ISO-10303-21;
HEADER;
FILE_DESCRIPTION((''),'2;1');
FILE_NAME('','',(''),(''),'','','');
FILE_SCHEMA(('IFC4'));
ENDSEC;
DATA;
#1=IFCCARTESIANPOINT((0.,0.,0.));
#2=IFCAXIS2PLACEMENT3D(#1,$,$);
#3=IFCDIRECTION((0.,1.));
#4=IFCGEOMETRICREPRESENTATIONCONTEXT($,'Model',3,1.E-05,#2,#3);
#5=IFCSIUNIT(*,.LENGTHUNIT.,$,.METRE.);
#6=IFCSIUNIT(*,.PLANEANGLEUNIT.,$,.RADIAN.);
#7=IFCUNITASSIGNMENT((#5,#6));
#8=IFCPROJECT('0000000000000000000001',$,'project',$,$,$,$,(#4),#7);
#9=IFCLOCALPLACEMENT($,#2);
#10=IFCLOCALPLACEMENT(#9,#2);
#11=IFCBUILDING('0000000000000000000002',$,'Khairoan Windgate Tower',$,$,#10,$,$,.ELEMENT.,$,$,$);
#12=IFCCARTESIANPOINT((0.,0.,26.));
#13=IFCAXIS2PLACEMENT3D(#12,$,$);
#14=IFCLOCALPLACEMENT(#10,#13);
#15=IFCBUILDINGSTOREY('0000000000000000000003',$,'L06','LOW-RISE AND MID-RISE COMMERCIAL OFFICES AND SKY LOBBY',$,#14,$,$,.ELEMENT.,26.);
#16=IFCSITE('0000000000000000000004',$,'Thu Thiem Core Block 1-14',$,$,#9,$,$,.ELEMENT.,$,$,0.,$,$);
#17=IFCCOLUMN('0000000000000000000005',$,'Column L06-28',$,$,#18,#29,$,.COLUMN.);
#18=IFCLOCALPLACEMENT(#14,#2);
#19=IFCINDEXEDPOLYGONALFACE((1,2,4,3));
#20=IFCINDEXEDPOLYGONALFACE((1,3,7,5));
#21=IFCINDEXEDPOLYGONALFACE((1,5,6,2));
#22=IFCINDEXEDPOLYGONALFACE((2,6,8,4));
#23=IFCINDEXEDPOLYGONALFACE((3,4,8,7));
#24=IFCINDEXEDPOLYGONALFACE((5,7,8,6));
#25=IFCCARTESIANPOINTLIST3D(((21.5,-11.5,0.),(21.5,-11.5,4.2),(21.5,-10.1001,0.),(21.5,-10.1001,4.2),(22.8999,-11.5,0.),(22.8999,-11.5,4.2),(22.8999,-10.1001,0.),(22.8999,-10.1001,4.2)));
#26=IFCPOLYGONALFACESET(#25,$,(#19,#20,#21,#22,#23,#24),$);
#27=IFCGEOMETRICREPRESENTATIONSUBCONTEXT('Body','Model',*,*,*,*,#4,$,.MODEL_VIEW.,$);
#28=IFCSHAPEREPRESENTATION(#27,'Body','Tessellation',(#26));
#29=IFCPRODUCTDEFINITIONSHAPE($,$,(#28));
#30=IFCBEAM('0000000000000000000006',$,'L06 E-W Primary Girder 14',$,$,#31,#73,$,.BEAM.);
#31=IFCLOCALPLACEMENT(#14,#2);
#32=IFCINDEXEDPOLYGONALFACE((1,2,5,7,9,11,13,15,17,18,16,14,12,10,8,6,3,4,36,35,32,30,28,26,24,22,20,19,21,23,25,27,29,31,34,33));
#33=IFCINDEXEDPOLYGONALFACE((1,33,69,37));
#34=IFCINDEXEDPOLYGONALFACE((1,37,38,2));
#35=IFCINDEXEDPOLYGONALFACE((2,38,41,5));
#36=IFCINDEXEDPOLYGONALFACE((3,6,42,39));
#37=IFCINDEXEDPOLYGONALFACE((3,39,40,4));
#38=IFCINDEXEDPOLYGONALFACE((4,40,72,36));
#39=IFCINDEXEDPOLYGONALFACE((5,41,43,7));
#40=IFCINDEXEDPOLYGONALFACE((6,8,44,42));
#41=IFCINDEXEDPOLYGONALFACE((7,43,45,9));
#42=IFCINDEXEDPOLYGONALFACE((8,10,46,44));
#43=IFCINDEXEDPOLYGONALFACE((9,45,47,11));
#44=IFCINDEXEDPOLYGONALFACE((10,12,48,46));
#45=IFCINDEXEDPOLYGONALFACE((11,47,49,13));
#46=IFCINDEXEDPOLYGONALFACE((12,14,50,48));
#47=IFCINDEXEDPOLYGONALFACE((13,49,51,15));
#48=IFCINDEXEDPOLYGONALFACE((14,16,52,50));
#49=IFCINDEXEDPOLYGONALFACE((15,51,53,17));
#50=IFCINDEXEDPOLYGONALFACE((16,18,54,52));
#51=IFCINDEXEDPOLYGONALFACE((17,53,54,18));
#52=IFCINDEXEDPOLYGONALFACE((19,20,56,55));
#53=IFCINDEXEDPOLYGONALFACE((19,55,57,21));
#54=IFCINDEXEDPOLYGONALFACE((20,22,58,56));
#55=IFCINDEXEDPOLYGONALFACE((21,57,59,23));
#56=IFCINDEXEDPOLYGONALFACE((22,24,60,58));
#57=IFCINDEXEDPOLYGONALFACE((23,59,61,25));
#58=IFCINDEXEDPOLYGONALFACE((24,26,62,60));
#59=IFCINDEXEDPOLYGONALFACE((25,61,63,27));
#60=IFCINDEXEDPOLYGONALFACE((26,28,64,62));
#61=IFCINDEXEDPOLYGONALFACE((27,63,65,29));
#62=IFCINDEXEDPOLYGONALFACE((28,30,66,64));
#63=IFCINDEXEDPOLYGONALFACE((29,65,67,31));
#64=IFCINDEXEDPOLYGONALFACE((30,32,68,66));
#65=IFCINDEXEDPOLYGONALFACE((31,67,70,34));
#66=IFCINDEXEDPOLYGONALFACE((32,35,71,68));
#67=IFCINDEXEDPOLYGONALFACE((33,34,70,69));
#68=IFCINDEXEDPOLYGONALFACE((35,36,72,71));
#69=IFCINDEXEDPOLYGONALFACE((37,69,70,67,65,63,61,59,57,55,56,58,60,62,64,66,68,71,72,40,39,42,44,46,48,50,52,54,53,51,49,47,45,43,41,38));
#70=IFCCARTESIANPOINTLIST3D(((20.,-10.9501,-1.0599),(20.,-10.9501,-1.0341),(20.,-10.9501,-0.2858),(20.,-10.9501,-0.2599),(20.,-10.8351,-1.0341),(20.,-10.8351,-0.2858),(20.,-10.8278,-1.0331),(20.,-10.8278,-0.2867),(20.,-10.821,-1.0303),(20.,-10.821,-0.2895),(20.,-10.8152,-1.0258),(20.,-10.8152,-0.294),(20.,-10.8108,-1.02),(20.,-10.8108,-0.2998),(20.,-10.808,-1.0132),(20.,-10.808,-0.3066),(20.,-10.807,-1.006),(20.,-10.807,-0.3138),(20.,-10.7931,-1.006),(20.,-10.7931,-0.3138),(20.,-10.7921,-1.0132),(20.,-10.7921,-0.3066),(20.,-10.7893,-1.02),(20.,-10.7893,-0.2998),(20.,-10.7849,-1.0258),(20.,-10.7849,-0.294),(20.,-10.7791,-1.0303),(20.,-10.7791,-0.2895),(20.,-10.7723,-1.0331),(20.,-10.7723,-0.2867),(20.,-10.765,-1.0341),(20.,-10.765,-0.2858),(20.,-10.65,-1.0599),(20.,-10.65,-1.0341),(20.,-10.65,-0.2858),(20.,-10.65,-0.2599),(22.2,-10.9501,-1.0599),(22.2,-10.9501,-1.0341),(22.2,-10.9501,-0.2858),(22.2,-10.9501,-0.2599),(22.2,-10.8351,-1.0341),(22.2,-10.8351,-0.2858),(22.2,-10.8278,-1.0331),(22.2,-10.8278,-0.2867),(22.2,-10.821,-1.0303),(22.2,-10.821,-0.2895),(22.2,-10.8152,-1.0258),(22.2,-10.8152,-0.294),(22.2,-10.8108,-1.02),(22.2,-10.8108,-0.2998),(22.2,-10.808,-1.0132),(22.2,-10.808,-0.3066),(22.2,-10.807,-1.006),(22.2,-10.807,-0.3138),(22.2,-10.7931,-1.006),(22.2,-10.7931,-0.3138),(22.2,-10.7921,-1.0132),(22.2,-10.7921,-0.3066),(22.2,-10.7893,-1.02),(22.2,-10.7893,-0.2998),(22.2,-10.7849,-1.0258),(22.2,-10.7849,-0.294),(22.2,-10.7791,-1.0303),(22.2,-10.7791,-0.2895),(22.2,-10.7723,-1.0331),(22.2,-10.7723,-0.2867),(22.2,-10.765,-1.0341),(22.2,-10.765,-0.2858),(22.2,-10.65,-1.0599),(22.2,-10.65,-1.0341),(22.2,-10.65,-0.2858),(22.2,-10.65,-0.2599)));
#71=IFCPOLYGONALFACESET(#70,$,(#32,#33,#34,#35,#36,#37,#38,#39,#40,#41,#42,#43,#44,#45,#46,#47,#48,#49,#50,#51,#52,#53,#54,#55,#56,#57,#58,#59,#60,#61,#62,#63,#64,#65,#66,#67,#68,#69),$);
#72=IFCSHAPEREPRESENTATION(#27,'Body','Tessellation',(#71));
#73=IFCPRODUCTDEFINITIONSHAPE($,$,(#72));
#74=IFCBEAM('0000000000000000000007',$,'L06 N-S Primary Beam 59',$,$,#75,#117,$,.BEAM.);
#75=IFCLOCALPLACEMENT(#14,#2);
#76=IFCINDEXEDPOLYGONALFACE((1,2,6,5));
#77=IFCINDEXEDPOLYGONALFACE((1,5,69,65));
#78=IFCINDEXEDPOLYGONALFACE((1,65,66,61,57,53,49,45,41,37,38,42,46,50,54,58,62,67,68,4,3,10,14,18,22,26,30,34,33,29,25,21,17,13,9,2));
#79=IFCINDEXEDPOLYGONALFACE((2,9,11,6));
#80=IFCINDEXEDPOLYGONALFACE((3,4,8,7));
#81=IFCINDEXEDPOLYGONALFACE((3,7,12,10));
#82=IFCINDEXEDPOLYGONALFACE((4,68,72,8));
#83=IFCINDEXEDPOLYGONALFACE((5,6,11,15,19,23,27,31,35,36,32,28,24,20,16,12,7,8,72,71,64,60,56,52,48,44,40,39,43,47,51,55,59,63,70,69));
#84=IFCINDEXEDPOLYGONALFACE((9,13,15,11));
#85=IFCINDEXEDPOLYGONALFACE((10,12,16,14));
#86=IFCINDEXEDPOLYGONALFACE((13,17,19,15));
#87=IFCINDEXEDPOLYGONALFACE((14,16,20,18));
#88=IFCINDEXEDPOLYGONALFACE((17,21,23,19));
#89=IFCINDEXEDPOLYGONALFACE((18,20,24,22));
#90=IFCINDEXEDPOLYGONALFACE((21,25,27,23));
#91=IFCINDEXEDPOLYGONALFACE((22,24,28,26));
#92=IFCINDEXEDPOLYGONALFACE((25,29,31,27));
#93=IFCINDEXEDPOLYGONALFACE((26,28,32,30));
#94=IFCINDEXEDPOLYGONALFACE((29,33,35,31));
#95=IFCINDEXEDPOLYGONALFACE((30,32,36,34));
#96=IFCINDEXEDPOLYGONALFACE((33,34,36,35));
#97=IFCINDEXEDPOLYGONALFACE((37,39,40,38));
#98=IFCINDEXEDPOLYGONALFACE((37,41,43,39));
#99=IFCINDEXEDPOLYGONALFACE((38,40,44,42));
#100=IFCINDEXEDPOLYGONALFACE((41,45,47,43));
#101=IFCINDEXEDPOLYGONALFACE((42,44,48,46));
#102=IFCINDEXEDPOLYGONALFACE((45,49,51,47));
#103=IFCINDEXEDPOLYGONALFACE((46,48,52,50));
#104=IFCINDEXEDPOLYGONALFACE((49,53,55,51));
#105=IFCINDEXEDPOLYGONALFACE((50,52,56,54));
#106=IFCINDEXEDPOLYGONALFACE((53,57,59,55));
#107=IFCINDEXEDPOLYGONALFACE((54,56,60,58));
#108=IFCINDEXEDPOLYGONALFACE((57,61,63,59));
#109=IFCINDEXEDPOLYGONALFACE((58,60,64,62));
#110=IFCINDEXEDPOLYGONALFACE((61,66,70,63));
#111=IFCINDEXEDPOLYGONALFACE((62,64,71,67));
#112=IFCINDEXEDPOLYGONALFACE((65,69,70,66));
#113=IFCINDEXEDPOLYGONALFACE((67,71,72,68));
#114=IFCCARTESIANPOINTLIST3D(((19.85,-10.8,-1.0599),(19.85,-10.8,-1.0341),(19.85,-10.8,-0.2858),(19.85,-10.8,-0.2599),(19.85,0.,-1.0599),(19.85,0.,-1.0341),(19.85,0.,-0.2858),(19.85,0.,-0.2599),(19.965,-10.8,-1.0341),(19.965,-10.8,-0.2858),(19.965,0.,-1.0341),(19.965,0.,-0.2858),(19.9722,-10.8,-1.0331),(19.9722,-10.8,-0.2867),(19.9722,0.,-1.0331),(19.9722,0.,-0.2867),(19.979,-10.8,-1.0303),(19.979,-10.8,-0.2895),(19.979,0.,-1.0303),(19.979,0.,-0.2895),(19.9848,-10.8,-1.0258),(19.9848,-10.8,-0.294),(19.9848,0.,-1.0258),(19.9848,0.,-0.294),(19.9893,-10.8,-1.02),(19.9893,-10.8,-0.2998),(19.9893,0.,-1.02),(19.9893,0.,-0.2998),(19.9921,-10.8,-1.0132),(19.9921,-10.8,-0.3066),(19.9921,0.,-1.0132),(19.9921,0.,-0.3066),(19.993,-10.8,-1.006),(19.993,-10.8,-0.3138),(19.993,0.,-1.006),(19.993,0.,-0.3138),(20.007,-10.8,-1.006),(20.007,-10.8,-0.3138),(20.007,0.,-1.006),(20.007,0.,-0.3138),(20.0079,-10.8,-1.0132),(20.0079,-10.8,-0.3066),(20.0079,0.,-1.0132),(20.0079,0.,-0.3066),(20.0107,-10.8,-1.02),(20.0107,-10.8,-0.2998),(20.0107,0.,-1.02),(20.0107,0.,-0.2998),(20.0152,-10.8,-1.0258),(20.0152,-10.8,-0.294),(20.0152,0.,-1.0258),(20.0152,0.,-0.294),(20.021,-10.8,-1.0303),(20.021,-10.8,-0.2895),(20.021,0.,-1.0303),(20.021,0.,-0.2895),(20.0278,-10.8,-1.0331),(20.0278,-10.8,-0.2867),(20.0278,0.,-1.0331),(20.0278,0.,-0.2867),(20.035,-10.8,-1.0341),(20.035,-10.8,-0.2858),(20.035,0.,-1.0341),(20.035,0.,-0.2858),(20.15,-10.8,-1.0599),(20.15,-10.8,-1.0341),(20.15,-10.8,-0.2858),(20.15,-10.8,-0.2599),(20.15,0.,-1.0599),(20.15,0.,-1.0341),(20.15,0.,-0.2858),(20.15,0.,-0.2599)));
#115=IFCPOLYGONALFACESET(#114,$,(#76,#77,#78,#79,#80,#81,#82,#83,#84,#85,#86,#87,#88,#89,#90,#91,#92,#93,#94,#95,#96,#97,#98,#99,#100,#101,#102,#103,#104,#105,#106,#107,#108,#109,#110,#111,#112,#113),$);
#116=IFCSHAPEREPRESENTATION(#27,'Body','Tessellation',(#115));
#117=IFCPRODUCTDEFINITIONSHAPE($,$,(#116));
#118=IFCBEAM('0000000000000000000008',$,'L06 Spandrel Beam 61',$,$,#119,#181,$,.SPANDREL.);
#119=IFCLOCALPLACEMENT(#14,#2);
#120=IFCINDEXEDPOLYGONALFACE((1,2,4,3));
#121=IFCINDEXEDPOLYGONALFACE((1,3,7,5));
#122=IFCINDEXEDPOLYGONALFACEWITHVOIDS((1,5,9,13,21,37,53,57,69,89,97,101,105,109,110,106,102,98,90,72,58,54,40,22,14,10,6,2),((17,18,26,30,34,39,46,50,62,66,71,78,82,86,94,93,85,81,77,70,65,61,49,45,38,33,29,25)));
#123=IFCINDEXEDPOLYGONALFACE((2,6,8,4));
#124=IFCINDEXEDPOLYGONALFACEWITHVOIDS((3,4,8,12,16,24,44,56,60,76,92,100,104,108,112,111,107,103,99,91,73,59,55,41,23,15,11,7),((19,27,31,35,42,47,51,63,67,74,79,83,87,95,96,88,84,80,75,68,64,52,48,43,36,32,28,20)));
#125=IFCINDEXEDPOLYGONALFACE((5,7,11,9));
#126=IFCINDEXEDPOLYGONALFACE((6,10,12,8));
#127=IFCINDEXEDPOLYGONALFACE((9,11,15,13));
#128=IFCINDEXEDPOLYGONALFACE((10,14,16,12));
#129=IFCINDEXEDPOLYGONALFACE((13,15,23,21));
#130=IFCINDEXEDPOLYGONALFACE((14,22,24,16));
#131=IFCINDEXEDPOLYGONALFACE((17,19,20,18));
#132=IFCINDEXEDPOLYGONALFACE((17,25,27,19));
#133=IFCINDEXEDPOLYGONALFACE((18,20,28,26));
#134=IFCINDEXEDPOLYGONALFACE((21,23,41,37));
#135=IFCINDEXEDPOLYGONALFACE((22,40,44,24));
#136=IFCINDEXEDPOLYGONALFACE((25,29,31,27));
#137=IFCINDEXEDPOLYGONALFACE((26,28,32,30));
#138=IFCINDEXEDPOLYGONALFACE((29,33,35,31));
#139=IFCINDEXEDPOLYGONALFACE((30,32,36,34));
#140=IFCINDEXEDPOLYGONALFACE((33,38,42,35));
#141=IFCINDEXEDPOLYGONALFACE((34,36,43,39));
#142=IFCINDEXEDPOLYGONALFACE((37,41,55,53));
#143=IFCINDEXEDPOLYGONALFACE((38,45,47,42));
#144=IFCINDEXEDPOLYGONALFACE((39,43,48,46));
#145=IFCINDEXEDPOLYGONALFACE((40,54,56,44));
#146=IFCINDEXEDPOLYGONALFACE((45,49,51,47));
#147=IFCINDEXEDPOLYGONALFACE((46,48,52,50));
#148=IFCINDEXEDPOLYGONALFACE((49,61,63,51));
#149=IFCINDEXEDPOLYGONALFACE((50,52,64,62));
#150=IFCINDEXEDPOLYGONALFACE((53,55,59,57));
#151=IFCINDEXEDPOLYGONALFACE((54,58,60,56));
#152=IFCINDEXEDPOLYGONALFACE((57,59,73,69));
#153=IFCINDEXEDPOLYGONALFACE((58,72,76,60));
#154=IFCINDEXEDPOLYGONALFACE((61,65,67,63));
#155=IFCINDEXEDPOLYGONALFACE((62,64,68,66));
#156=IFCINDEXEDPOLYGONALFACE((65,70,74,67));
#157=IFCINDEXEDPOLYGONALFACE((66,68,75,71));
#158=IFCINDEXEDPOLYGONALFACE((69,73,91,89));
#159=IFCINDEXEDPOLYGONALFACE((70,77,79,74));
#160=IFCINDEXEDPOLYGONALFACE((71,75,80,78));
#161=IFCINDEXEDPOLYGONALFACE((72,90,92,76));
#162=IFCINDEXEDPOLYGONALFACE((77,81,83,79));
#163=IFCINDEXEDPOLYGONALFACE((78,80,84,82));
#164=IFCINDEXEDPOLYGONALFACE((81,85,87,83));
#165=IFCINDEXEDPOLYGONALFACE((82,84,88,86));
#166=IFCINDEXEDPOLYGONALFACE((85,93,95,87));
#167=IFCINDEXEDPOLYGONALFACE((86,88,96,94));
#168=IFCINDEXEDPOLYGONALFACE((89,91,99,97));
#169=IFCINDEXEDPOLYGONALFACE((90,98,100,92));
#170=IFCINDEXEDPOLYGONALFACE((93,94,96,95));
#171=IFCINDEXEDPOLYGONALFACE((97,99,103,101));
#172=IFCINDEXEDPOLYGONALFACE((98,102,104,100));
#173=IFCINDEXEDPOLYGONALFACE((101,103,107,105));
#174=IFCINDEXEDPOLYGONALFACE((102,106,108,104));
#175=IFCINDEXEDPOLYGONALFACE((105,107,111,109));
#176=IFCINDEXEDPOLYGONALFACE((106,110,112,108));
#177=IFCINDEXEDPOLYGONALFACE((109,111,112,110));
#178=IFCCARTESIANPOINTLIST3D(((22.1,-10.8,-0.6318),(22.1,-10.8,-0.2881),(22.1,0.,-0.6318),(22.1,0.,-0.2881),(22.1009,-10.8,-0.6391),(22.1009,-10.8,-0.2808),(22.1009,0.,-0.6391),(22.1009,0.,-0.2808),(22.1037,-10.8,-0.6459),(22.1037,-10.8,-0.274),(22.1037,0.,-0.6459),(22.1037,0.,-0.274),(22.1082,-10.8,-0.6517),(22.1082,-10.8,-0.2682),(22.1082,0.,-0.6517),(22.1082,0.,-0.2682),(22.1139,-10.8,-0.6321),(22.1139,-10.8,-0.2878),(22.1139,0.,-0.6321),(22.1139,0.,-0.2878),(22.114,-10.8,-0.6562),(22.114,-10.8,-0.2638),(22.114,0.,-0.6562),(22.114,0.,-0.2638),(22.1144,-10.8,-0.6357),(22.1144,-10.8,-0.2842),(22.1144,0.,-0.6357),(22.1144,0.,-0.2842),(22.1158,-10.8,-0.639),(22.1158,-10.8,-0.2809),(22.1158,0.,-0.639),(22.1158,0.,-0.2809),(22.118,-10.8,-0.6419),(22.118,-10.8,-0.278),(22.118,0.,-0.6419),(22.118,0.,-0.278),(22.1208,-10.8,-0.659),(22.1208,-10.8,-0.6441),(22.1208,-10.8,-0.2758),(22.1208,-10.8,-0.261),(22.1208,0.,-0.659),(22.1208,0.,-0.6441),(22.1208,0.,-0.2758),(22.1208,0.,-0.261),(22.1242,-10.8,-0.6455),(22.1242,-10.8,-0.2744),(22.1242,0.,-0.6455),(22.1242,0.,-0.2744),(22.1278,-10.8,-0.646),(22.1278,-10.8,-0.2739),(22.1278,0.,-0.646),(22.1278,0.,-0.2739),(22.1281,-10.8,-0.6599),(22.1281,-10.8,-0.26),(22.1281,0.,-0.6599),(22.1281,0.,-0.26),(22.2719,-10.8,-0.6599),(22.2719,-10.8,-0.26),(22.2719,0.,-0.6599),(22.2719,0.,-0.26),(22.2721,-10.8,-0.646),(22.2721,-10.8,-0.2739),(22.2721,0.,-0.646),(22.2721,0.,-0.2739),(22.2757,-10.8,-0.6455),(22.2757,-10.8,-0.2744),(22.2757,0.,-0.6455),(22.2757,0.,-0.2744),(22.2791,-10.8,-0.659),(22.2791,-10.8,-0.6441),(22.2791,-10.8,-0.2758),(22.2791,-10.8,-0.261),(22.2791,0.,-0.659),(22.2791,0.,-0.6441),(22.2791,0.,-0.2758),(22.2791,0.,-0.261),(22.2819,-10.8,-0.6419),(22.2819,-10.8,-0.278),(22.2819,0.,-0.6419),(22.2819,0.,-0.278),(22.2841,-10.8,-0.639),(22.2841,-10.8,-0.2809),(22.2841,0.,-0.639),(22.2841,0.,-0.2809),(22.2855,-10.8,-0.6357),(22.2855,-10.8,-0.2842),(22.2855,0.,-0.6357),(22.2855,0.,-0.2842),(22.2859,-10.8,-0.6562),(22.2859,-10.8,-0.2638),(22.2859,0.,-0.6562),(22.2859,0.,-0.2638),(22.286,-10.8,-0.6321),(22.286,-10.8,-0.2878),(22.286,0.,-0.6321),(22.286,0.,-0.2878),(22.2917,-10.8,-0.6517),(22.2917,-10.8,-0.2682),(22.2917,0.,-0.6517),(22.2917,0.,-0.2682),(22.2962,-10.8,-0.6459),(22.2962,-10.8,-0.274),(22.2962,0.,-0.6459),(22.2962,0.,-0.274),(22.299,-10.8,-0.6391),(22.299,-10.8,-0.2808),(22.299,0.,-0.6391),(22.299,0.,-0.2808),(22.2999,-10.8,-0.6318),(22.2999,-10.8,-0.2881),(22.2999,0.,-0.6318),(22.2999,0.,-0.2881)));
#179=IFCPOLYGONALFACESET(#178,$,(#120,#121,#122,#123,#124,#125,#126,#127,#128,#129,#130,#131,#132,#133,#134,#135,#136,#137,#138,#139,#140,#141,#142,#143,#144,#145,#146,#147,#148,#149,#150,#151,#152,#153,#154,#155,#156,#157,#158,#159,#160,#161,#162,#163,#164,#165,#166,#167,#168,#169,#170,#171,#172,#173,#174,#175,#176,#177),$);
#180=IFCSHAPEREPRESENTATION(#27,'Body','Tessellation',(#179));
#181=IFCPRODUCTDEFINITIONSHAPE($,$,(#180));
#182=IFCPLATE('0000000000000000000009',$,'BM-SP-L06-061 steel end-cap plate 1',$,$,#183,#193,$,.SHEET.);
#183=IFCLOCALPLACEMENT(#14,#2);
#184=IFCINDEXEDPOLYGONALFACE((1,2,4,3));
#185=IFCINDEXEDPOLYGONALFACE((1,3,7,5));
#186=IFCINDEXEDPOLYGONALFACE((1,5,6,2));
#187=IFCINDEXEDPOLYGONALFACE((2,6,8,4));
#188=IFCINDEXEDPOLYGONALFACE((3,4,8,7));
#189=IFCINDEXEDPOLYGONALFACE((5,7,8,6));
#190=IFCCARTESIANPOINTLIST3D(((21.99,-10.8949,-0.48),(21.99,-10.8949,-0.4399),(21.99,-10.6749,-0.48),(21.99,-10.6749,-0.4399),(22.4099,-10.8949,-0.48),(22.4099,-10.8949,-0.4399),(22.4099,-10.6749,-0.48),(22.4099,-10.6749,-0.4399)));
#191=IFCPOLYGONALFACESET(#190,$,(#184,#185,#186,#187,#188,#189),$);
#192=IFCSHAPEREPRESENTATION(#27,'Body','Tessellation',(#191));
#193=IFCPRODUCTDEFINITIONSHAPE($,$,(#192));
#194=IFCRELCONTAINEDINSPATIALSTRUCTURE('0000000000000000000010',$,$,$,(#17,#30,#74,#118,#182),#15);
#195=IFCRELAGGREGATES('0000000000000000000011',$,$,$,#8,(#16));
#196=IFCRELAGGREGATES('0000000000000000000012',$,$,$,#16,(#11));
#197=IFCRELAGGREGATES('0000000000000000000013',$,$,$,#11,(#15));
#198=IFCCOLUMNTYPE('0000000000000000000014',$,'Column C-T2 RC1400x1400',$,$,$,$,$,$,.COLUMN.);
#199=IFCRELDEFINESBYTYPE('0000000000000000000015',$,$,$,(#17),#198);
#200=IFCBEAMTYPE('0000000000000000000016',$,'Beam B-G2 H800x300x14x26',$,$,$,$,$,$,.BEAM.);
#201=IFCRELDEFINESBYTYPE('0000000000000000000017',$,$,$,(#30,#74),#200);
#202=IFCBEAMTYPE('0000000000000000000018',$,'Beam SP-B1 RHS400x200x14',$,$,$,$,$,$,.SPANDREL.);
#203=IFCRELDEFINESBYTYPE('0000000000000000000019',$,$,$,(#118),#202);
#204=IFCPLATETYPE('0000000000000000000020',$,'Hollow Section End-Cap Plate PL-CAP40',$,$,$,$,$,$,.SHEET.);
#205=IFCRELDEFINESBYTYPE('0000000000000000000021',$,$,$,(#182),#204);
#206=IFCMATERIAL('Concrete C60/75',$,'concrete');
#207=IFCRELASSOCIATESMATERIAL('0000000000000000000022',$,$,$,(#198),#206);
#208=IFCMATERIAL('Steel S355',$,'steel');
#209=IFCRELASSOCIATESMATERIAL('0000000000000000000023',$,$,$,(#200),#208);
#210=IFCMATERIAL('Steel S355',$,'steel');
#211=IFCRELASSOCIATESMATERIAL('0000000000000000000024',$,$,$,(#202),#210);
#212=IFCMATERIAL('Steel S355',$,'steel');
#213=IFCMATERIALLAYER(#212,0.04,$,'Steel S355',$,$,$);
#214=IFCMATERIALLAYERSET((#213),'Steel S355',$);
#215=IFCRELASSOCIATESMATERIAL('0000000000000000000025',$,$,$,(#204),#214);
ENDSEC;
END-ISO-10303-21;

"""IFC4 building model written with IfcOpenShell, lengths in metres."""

from ifc_helpers import new_model, si_unit, direction, frame, origin, origin_2d, place, context, subcontext, project, spatial, rectangle, hollow_rectangle, i_section, extrude, material, layer, layer_set, material_profile, profile_set, type_object, element, save


model = new_model("IFC4")

# Units and contexts
model_context = context("Model", 3, precision=1e-05, world=origin(), true_north=direction((0.0, 1.0)))
body_context = subcontext(model_context, "Body", "Model", "MODEL_VIEW")
ifc_project = project(units=[si_unit("LENGTHUNIT", "METRE"), si_unit("PLANEANGLEUNIT", "RADIAN")], contexts=[model_context])

# Site, building, storey
site_placement = place(None, origin())
site = spatial("IfcSite", under=ifc_project, at=site_placement, Name="Thu Thiem Core Block 1-14", CompositionType="ELEMENT", RefElevation=0.0)
building_placement = place(site_placement, origin())
building = spatial("IfcBuilding", under=site, at=building_placement, Name="Khairoan Windgate Tower", CompositionType="ELEMENT")
storey_placement = place(building_placement, frame((0.0, 0.0, 26.0)))
storey = spatial("IfcBuildingStorey", under=building, at=storey_placement, Name="L06", Description="LOW-RISE AND MID-RISE COMMERCIAL OFFICES AND SKY LOBBY", CompositionType="ELEMENT", Elevation=26.0)

# Column
ifc_material_1 = material(Name="Concrete C60/75", Category="concrete")
ifc_material_profile_1 = material_profile(ifc_material_1, rectangle(XDim=1.3999, YDim=1.3999, at=origin_2d()))
ifc_profile_set_1 = profile_set([ifc_material_profile_1], Name="Concrete C60/75")
column_type = type_object("IfcColumnType", Name="Column C-T2 RC1400x1400", PredefinedType="COLUMN", material=ifc_profile_set_1)
column_placement = place(storey_placement, frame((22.2, -10.8, 0.0), z_axis=(0.0, 0.0, 1.0), x_axis=(1.0, 0.0, 0.0)))
element("IfcColumn", 1, at=column_placement, inside=storey, type_object=column_type, Name="Column L06-28", PredefinedType="COLUMN", context=body_context, shape_type="SweptSolid", body=[
    extrude(rectangle(XDim=1.3999, YDim=1.3999, at=origin_2d()), origin(), (0.0, 0.0, 1.0), 4.2),
])

# Beams
ifc_material_2 = material(Name="Steel S355", Category="steel")
ifc_material_profile_2 = material_profile(ifc_material_2, i_section(OverallWidth=0.3, OverallDepth=0.8, WebThickness=0.0139, FlangeThickness=0.0259, FilletRadius=0.0281, at=origin_2d()))
ifc_profile_set_2 = profile_set([ifc_material_profile_2], Name="Steel S355")
beam_type_1 = type_object("IfcBeamType", Name="Beam B-G2 H800x300x14x26", PredefinedType="BEAM", material=ifc_profile_set_2)
beam_1_placement = place(storey_placement, frame((20.0, -10.8, -0.6599), z_axis=(1.0, 0.0, 0.0), x_axis=(0.0, 1.0, 0.0)))
element("IfcBeam", 2, at=beam_1_placement, inside=storey, type_object=beam_type_1, Name="L06 E-W Primary Girder 14", PredefinedType="BEAM", context=body_context, shape_type="SweptSolid", body=[
    extrude(i_section(OverallWidth=0.3, OverallDepth=0.8, WebThickness=0.0139, FlangeThickness=0.0259, FilletRadius=0.0281, at=origin_2d()), origin(), (0.0, 0.0, 1.0), 2.2),
])
beam_2_placement = place(storey_placement, frame((20.0, -10.8, -0.6599), z_axis=(0.0, 1.0, 0.0), x_axis=(-1.0, 0.0, 0.0)))
element("IfcBeam", 3, at=beam_2_placement, inside=storey, type_object=beam_type_1, Name="L06 N-S Primary Beam 59", PredefinedType="BEAM", context=body_context, shape_type="SweptSolid", body=[
    extrude(i_section(OverallWidth=0.3, OverallDepth=0.8, WebThickness=0.0139, FlangeThickness=0.0259, FilletRadius=0.0281, at=origin_2d()), origin(), (0.0, 0.0, 1.0), 10.8),
])
ifc_material_3 = material(Name="Steel S355", Category="steel")
ifc_material_profile_3 = material_profile(ifc_material_3, hollow_rectangle(XDim=0.2, YDim=0.3999, WallThickness=0.0139, InnerFilletRadius=0.0139, OuterFilletRadius=0.0281, at=origin_2d()))
ifc_profile_set_3 = profile_set([ifc_material_profile_3], Name="Steel S355")
beam_type_2 = type_object("IfcBeamType", Name="Beam SP-B1 RHS400x200x14", PredefinedType="SPANDREL", material=ifc_profile_set_3)
beam_3_placement = place(storey_placement, frame((22.2, -10.8, -0.46), z_axis=(0.0, 1.0, 0.0), x_axis=(-1.0, 0.0, 0.0)))
element("IfcBeam", 4, at=beam_3_placement, inside=storey, type_object=beam_type_2, Name="L06 Spandrel Beam 61", PredefinedType="SPANDREL", context=body_context, shape_type="SweptSolid", body=[
    extrude(hollow_rectangle(XDim=0.2, YDim=0.3999, WallThickness=0.0139, InnerFilletRadius=0.0139, OuterFilletRadius=0.0281, at=origin_2d()), origin(), (0.0, 0.0, 1.0), 10.8),
])

# Plate
ifc_material_4 = material(Name="Steel S355", Category="steel")
ifc_layer_1 = layer(ifc_material_4, 0.04, Name="Steel S355")
ifc_layer_set_1 = layer_set([ifc_layer_1], Name="Steel S355")
plate_type = type_object("IfcPlateType", Name="Hollow Section End-Cap Plate PL-CAP40", PredefinedType="SHEET", material=ifc_layer_set_1)
for number, where, z_axis, x_axis, name in (
    (5, (22.2, -10.7849, -0.48), (0.0, 0.0, 1.0), (0.0, 1.0, 0.0), "BM-SP-L06-061 steel end-cap plate 1"),
):
    element("IfcPlate", number, at=place(storey_placement, frame(where, z_axis=z_axis, x_axis=x_axis)), inside=storey, type_object=plate_type, Name=name, PredefinedType="SHEET", context=body_context, shape_type="SweptSolid", body=[
        extrude(rectangle(XDim=0.22, YDim=0.4199, at=origin_2d()), origin(), (0.0, 0.0, 1.0), 0.04),
    ])

save(model, "model.ifc")
